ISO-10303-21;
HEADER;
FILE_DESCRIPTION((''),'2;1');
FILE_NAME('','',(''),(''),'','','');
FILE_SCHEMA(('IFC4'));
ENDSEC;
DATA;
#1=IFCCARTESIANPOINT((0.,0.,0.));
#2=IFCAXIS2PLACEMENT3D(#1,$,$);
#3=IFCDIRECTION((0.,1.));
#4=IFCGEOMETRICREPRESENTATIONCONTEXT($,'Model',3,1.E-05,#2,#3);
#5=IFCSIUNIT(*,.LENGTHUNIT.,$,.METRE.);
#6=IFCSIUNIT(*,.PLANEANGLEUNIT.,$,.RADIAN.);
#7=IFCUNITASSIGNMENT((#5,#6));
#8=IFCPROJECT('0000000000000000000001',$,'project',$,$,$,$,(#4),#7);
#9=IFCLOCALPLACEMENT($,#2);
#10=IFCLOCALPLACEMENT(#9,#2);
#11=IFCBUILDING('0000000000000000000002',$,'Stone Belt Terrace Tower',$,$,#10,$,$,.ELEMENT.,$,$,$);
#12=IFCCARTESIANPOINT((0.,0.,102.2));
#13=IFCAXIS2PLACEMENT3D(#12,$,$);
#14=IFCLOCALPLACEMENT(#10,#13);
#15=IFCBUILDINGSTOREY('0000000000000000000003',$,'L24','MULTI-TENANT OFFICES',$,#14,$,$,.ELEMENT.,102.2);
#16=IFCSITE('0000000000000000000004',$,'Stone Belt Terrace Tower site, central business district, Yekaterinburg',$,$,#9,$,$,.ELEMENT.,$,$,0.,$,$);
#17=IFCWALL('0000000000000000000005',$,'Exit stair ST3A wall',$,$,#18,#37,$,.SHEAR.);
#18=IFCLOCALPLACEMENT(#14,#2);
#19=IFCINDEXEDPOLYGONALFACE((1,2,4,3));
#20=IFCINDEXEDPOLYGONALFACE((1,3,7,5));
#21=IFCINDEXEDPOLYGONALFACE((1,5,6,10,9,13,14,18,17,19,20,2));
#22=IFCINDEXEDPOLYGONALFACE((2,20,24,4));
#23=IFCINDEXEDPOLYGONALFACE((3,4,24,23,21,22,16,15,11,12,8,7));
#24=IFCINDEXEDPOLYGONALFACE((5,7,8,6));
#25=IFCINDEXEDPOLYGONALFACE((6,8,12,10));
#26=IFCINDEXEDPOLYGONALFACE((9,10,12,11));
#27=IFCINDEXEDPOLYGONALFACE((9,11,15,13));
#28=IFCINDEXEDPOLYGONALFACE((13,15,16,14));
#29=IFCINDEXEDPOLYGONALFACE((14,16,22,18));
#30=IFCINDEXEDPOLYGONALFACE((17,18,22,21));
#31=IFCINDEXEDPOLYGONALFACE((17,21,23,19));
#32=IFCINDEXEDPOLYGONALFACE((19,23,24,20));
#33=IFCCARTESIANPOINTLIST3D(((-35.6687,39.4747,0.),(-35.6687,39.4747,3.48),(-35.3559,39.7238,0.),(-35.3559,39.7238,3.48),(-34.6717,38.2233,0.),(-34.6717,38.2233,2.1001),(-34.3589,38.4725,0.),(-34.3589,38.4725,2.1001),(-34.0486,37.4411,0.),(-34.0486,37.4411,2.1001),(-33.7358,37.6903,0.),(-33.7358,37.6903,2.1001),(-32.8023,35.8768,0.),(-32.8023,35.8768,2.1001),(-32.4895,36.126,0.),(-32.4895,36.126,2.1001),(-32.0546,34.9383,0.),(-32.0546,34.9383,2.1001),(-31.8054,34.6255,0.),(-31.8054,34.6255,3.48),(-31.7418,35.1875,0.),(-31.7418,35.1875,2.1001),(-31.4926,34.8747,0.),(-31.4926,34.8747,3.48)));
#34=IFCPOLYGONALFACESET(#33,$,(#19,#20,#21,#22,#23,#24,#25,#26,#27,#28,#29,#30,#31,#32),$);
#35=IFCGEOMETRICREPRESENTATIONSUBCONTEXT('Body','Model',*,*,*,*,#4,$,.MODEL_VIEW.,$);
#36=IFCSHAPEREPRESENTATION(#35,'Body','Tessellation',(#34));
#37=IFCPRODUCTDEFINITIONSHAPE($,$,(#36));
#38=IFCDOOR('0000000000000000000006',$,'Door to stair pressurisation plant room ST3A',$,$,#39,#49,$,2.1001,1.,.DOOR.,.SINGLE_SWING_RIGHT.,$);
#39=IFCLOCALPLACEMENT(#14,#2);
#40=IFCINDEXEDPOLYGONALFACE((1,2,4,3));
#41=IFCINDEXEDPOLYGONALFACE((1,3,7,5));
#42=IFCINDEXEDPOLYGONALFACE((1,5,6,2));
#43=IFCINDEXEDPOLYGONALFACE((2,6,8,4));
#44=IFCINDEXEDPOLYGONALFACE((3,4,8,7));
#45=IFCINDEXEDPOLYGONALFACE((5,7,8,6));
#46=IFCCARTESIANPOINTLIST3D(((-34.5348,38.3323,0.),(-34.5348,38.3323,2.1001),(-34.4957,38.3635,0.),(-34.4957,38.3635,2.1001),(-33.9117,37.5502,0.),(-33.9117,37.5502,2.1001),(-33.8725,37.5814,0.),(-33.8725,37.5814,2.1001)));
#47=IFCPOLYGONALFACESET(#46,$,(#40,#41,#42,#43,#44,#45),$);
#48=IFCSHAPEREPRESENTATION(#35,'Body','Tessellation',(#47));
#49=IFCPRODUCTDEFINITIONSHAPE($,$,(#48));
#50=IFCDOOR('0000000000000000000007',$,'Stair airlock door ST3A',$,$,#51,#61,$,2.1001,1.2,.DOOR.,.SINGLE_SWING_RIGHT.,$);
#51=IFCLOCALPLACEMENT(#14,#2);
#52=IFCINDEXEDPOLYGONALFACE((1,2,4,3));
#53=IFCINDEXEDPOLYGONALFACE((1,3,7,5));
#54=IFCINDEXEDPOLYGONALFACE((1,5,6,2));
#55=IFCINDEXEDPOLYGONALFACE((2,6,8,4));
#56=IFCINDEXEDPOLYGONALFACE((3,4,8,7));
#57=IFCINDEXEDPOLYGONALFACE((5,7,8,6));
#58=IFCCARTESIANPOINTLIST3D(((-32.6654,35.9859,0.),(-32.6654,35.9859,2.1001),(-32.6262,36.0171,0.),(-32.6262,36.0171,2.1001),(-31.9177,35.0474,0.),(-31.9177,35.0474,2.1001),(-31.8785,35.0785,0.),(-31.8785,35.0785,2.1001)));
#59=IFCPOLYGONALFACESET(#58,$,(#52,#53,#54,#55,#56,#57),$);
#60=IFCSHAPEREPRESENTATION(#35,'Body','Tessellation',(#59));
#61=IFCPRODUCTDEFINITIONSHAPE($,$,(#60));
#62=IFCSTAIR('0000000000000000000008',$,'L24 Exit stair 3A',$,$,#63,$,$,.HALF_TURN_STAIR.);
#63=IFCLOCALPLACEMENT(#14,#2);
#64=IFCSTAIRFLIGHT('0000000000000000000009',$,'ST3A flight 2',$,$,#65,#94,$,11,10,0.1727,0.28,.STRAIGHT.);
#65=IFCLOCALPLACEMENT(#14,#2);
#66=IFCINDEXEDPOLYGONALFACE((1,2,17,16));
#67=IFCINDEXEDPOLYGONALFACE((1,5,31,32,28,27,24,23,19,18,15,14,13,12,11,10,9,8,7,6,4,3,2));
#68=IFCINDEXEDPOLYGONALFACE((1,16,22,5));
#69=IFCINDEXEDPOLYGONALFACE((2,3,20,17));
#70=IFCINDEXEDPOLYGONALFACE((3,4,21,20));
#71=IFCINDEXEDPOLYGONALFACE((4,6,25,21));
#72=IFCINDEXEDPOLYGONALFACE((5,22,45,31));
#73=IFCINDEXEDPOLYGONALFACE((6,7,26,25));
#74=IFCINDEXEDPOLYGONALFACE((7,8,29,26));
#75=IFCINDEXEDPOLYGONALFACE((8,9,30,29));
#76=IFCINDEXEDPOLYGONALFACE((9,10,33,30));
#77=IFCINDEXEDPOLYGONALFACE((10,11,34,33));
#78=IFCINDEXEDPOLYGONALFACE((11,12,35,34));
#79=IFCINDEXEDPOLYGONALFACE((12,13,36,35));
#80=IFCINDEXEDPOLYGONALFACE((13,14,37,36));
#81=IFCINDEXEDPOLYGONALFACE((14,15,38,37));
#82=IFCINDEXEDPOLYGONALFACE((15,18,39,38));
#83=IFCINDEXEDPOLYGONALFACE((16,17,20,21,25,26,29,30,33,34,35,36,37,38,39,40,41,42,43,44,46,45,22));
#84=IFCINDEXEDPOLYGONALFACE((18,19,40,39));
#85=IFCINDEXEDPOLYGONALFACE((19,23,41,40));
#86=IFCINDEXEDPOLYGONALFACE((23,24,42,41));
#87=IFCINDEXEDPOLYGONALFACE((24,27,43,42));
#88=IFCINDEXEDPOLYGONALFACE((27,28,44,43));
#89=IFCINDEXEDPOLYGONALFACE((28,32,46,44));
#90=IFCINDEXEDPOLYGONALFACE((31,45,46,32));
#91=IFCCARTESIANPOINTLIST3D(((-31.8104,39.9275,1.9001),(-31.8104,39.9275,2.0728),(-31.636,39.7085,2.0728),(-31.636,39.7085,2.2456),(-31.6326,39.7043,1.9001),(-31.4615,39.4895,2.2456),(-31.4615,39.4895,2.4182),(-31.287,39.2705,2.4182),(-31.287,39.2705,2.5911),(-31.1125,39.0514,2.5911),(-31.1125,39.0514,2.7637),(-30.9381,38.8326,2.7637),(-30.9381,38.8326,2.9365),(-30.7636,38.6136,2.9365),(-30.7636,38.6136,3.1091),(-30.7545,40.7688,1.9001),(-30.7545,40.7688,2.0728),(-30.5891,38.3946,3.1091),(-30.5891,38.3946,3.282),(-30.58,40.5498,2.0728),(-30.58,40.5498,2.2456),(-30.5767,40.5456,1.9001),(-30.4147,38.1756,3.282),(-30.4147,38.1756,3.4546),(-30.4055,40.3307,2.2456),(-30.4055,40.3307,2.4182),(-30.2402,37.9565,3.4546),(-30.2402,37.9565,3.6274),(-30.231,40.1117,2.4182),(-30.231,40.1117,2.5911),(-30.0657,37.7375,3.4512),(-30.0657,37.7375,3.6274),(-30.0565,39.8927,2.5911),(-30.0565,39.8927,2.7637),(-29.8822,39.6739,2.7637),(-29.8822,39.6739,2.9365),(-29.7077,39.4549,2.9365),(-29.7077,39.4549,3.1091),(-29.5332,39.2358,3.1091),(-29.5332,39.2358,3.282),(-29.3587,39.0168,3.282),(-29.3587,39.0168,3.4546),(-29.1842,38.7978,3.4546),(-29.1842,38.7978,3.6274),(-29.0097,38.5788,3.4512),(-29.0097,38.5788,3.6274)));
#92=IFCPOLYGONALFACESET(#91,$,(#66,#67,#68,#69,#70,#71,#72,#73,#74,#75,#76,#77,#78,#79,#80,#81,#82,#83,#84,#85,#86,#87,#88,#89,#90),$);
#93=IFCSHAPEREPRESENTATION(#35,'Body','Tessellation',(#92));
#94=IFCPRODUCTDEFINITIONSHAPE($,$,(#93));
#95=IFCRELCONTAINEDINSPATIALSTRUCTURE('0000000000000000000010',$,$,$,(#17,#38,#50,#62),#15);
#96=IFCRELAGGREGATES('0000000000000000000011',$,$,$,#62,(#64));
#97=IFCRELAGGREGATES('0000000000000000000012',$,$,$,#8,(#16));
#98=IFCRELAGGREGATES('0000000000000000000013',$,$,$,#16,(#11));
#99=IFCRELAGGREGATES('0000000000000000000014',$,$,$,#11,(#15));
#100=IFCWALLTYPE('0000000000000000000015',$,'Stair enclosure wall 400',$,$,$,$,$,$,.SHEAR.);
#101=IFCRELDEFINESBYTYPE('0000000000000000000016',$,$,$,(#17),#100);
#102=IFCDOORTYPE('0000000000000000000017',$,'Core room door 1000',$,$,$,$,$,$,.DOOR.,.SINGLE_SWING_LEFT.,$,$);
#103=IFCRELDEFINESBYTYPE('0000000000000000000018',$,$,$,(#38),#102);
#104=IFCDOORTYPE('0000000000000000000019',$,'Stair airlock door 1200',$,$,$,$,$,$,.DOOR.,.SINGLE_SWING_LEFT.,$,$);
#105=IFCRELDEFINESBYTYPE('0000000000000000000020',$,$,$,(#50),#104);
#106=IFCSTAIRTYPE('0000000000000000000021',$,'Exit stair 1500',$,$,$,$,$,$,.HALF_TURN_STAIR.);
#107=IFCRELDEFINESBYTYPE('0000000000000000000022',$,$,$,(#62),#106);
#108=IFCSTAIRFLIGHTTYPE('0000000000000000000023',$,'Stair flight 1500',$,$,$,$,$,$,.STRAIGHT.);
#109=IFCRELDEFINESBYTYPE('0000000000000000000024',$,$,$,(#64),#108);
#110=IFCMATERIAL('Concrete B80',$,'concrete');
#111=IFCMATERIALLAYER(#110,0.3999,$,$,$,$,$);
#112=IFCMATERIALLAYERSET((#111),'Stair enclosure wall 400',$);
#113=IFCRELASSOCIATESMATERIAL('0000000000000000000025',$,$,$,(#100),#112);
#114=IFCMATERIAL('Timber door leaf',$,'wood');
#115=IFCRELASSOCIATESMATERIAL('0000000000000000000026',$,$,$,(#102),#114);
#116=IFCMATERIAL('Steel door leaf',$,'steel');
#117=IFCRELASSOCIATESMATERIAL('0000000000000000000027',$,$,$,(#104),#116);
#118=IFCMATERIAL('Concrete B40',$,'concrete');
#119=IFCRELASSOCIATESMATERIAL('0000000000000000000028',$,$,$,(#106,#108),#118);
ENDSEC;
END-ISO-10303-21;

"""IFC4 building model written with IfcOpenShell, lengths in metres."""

from ifc_helpers import new_model, si_unit, direction, frame, frame_2d, origin, place, context, subcontext, project, spatial, polyline, rectangle, outline, extrude, material, layer, layer_set, type_object, element, fill, aggregate, save


model = new_model("IFC4")

# Units and contexts
model_context = context("Model", 3, precision=1e-05, world=origin(), true_north=direction((0.0, 1.0)))
body_context = subcontext(model_context, "Body", "Model", "MODEL_VIEW")
ifc_project = project(units=[si_unit("LENGTHUNIT", "METRE"), si_unit("PLANEANGLEUNIT", "RADIAN")], contexts=[model_context])

# Site, building, storey
site_placement = place(None, origin())
site = spatial("IfcSite", under=ifc_project, at=site_placement, Name="Stone Belt Terrace Tower site, central business district, Yekaterinburg", CompositionType="ELEMENT", RefElevation=0.0)
building_placement = place(site_placement, origin())
building = spatial("IfcBuilding", under=site, at=building_placement, Name="Stone Belt Terrace Tower", CompositionType="ELEMENT")
storey_placement = place(building_placement, frame((0.0, 0.0, 102.2)))
storey = spatial("IfcBuildingStorey", under=building, at=storey_placement, Name="L24", Description="MULTI-TENANT OFFICES", CompositionType="ELEMENT", Elevation=102.2)

# Shared definitions
ifc_material_1 = material(Name="Concrete B80", Category="concrete")

# Shared definitions
ifc_material_2 = material(Name="Timber door leaf", Category="wood")

# Wall, openings, doors
ifc_layer_1 = layer(ifc_material_1, 0.3999)
ifc_layer_set_1 = layer_set([ifc_layer_1], Name="Stair enclosure wall 400")
wall_type_1 = type_object("IfcWallType", Name="Stair enclosure wall 400", PredefinedType="SHEAR", material=ifc_layer_set_1)
wall_1_placement = place(storey_placement, frame((-31.6489, 34.75, 0.0), z_axis=(0.0, 0.0, 1.0), x_axis=(-0.623119, 0.782127, 0.0)))
wall_1 = element("IfcWall", 1, at=wall_1_placement, inside=storey, type_object=wall_type_1, Name="Exit stair ST3A wall", PredefinedType="SHEAR", context=body_context, shape_type="SweptSolid", body=[
    extrude(rectangle(XDim=6.2, YDim=0.3999, at=frame_2d((3.1001, 0.0))), origin(), (0.0, 0.0, 1.0), 3.48),
])
opening_1_placement = place(wall_1_placement, frame((0.3999, 0.0, 0.0)))
opening_1 = element("IfcOpeningElement", 2, at=opening_1_placement, cuts=wall_1, PredefinedType="OPENING", context=body_context, shape_type="SweptSolid", body=[
    extrude(rectangle(XDim=1.2, YDim=2.1001, at=frame_2d((0.6001, 1.05))), frame((0.0, 0.21, 0.0), z_axis=(0.0, -1.0, 0.0), x_axis=(1.0, 0.0, 0.0)), (0.0, 0.0, 1.0), 0.4199),
])
opening_2_placement = place(wall_1_placement, frame((3.6001, 0.0, 0.0)))
opening_2 = element("IfcOpeningElement", 3, at=opening_2_placement, cuts=wall_1, PredefinedType="OPENING", context=body_context, shape_type="SweptSolid", body=[
    extrude(rectangle(XDim=1.0, YDim=2.1001, at=frame_2d((0.5, 1.05))), frame((0.0, 0.21, 0.0), z_axis=(0.0, -1.0, 0.0), x_axis=(1.0, 0.0, 0.0)), (0.0, 0.0, 1.0), 0.4199),
])
door_type_1 = type_object("IfcDoorType", Name="Core room door 1000", OperationType="SINGLE_SWING_LEFT", PredefinedType="DOOR", material=ifc_material_2)
door_1_placement = place(opening_2_placement, origin())
door_1 = element("IfcDoor", 4, at=door_1_placement, inside=storey, type_object=door_type_1, Name="Door to stair pressurisation plant room ST3A", OperationType="SINGLE_SWING_RIGHT", OverallHeight=2.1001, OverallWidth=1.0, PredefinedType="DOOR", context=body_context, shape_type="SweptSolid", body=[
    extrude(rectangle(XDim=1.0, YDim=2.1001, at=frame_2d((0.5, 1.05))), frame((0.0, 0.0249, 0.0), z_axis=(0.0, -1.0, 0.0), x_axis=(1.0, 0.0, 0.0)), (0.0, 0.0, 1.0), 0.05),
])
fill(opening_2, door_1)
ifc_material_3 = material(Name="Steel door leaf", Category="steel")
door_type_2 = type_object("IfcDoorType", Name="Stair airlock door 1200", OperationType="SINGLE_SWING_LEFT", PredefinedType="DOOR", material=ifc_material_3)
door_2_placement = place(opening_1_placement, origin())
door_2 = element("IfcDoor", 5, at=door_2_placement, inside=storey, type_object=door_type_2, Name="Stair airlock door ST3A", OperationType="SINGLE_SWING_RIGHT", OverallHeight=2.1001, OverallWidth=1.2, PredefinedType="DOOR", context=body_context, shape_type="SweptSolid", body=[
    extrude(rectangle(XDim=1.2, YDim=2.1001, at=frame_2d((0.6001, 1.05))), frame((0.0, 0.0249, 0.0), z_axis=(0.0, -1.0, 0.0), x_axis=(1.0, 0.0, 0.0)), (0.0, 0.0, 1.0), 0.05),
])
fill(opening_1, door_2)

# Stair, stair flight
ifc_material_4 = material(Name="Concrete B40", Category="concrete")
stair_type = type_object("IfcStairType", Name="Exit stair 1500", PredefinedType="HALF_TURN_STAIR", material=ifc_material_4)
stair_placement = place(storey_placement, origin())
stair = element("IfcStair", 6, at=stair_placement, inside=storey, type_object=stair_type, Name="L24 Exit stair 3A", PredefinedType="HALF_TURN_STAIR")
stair_flight_type = type_object("IfcStairFlightType", Name="Stair flight 1500", PredefinedType="STRAIGHT", material=ifc_material_4)
stair_flight_placement = place(storey_placement, frame((-31.2825, 40.3481, 1.9001), z_axis=(0.0, 0.0, 1.0), x_axis=(0.623121, -0.782125, 0.0)))
stair_flight = element("IfcStairFlight", 7, at=stair_flight_placement, type_object=stair_flight_type, Name="ST3A flight 2", NumberOfRisers=11, NumberOfTreads=10, PredefinedType="STRAIGHT", RiserHeight=0.1727, TreadLength=0.28, context=body_context, shape_type="SweptSolid", body=[
    extrude(outline(polyline([(0.0, 0.0), (0.0, 0.1726), (0.28, 0.1726), (0.28, 0.3455), (0.5601, 0.3455), (0.5601, 0.5181), (0.8401, 0.5181), (0.8401, 0.6909), (1.1201, 0.6909), (1.1201, 0.8635), (1.3999, 0.8635), (1.3999, 1.0364), (1.6799, 1.0364), (1.6799, 1.209), (1.96, 1.209), (1.96, 1.3818), (2.24, 1.3818), (2.24, 1.5544), (2.52, 1.5544), (2.52, 1.7273), (2.8, 1.7273), (2.8, 1.8999), (2.8, 1.551), (0.2854, 0.0), (0.0, 0.0)])), frame((0.0, 0.675, 0.0), z_axis=(0.0, -1.0, 0.0), x_axis=(1.0, 0.0, 0.0)), (0.0, 0.0, 1.0), 1.3501),
])
aggregate(stair, [stair_flight])

save(model, "model.ifc")
